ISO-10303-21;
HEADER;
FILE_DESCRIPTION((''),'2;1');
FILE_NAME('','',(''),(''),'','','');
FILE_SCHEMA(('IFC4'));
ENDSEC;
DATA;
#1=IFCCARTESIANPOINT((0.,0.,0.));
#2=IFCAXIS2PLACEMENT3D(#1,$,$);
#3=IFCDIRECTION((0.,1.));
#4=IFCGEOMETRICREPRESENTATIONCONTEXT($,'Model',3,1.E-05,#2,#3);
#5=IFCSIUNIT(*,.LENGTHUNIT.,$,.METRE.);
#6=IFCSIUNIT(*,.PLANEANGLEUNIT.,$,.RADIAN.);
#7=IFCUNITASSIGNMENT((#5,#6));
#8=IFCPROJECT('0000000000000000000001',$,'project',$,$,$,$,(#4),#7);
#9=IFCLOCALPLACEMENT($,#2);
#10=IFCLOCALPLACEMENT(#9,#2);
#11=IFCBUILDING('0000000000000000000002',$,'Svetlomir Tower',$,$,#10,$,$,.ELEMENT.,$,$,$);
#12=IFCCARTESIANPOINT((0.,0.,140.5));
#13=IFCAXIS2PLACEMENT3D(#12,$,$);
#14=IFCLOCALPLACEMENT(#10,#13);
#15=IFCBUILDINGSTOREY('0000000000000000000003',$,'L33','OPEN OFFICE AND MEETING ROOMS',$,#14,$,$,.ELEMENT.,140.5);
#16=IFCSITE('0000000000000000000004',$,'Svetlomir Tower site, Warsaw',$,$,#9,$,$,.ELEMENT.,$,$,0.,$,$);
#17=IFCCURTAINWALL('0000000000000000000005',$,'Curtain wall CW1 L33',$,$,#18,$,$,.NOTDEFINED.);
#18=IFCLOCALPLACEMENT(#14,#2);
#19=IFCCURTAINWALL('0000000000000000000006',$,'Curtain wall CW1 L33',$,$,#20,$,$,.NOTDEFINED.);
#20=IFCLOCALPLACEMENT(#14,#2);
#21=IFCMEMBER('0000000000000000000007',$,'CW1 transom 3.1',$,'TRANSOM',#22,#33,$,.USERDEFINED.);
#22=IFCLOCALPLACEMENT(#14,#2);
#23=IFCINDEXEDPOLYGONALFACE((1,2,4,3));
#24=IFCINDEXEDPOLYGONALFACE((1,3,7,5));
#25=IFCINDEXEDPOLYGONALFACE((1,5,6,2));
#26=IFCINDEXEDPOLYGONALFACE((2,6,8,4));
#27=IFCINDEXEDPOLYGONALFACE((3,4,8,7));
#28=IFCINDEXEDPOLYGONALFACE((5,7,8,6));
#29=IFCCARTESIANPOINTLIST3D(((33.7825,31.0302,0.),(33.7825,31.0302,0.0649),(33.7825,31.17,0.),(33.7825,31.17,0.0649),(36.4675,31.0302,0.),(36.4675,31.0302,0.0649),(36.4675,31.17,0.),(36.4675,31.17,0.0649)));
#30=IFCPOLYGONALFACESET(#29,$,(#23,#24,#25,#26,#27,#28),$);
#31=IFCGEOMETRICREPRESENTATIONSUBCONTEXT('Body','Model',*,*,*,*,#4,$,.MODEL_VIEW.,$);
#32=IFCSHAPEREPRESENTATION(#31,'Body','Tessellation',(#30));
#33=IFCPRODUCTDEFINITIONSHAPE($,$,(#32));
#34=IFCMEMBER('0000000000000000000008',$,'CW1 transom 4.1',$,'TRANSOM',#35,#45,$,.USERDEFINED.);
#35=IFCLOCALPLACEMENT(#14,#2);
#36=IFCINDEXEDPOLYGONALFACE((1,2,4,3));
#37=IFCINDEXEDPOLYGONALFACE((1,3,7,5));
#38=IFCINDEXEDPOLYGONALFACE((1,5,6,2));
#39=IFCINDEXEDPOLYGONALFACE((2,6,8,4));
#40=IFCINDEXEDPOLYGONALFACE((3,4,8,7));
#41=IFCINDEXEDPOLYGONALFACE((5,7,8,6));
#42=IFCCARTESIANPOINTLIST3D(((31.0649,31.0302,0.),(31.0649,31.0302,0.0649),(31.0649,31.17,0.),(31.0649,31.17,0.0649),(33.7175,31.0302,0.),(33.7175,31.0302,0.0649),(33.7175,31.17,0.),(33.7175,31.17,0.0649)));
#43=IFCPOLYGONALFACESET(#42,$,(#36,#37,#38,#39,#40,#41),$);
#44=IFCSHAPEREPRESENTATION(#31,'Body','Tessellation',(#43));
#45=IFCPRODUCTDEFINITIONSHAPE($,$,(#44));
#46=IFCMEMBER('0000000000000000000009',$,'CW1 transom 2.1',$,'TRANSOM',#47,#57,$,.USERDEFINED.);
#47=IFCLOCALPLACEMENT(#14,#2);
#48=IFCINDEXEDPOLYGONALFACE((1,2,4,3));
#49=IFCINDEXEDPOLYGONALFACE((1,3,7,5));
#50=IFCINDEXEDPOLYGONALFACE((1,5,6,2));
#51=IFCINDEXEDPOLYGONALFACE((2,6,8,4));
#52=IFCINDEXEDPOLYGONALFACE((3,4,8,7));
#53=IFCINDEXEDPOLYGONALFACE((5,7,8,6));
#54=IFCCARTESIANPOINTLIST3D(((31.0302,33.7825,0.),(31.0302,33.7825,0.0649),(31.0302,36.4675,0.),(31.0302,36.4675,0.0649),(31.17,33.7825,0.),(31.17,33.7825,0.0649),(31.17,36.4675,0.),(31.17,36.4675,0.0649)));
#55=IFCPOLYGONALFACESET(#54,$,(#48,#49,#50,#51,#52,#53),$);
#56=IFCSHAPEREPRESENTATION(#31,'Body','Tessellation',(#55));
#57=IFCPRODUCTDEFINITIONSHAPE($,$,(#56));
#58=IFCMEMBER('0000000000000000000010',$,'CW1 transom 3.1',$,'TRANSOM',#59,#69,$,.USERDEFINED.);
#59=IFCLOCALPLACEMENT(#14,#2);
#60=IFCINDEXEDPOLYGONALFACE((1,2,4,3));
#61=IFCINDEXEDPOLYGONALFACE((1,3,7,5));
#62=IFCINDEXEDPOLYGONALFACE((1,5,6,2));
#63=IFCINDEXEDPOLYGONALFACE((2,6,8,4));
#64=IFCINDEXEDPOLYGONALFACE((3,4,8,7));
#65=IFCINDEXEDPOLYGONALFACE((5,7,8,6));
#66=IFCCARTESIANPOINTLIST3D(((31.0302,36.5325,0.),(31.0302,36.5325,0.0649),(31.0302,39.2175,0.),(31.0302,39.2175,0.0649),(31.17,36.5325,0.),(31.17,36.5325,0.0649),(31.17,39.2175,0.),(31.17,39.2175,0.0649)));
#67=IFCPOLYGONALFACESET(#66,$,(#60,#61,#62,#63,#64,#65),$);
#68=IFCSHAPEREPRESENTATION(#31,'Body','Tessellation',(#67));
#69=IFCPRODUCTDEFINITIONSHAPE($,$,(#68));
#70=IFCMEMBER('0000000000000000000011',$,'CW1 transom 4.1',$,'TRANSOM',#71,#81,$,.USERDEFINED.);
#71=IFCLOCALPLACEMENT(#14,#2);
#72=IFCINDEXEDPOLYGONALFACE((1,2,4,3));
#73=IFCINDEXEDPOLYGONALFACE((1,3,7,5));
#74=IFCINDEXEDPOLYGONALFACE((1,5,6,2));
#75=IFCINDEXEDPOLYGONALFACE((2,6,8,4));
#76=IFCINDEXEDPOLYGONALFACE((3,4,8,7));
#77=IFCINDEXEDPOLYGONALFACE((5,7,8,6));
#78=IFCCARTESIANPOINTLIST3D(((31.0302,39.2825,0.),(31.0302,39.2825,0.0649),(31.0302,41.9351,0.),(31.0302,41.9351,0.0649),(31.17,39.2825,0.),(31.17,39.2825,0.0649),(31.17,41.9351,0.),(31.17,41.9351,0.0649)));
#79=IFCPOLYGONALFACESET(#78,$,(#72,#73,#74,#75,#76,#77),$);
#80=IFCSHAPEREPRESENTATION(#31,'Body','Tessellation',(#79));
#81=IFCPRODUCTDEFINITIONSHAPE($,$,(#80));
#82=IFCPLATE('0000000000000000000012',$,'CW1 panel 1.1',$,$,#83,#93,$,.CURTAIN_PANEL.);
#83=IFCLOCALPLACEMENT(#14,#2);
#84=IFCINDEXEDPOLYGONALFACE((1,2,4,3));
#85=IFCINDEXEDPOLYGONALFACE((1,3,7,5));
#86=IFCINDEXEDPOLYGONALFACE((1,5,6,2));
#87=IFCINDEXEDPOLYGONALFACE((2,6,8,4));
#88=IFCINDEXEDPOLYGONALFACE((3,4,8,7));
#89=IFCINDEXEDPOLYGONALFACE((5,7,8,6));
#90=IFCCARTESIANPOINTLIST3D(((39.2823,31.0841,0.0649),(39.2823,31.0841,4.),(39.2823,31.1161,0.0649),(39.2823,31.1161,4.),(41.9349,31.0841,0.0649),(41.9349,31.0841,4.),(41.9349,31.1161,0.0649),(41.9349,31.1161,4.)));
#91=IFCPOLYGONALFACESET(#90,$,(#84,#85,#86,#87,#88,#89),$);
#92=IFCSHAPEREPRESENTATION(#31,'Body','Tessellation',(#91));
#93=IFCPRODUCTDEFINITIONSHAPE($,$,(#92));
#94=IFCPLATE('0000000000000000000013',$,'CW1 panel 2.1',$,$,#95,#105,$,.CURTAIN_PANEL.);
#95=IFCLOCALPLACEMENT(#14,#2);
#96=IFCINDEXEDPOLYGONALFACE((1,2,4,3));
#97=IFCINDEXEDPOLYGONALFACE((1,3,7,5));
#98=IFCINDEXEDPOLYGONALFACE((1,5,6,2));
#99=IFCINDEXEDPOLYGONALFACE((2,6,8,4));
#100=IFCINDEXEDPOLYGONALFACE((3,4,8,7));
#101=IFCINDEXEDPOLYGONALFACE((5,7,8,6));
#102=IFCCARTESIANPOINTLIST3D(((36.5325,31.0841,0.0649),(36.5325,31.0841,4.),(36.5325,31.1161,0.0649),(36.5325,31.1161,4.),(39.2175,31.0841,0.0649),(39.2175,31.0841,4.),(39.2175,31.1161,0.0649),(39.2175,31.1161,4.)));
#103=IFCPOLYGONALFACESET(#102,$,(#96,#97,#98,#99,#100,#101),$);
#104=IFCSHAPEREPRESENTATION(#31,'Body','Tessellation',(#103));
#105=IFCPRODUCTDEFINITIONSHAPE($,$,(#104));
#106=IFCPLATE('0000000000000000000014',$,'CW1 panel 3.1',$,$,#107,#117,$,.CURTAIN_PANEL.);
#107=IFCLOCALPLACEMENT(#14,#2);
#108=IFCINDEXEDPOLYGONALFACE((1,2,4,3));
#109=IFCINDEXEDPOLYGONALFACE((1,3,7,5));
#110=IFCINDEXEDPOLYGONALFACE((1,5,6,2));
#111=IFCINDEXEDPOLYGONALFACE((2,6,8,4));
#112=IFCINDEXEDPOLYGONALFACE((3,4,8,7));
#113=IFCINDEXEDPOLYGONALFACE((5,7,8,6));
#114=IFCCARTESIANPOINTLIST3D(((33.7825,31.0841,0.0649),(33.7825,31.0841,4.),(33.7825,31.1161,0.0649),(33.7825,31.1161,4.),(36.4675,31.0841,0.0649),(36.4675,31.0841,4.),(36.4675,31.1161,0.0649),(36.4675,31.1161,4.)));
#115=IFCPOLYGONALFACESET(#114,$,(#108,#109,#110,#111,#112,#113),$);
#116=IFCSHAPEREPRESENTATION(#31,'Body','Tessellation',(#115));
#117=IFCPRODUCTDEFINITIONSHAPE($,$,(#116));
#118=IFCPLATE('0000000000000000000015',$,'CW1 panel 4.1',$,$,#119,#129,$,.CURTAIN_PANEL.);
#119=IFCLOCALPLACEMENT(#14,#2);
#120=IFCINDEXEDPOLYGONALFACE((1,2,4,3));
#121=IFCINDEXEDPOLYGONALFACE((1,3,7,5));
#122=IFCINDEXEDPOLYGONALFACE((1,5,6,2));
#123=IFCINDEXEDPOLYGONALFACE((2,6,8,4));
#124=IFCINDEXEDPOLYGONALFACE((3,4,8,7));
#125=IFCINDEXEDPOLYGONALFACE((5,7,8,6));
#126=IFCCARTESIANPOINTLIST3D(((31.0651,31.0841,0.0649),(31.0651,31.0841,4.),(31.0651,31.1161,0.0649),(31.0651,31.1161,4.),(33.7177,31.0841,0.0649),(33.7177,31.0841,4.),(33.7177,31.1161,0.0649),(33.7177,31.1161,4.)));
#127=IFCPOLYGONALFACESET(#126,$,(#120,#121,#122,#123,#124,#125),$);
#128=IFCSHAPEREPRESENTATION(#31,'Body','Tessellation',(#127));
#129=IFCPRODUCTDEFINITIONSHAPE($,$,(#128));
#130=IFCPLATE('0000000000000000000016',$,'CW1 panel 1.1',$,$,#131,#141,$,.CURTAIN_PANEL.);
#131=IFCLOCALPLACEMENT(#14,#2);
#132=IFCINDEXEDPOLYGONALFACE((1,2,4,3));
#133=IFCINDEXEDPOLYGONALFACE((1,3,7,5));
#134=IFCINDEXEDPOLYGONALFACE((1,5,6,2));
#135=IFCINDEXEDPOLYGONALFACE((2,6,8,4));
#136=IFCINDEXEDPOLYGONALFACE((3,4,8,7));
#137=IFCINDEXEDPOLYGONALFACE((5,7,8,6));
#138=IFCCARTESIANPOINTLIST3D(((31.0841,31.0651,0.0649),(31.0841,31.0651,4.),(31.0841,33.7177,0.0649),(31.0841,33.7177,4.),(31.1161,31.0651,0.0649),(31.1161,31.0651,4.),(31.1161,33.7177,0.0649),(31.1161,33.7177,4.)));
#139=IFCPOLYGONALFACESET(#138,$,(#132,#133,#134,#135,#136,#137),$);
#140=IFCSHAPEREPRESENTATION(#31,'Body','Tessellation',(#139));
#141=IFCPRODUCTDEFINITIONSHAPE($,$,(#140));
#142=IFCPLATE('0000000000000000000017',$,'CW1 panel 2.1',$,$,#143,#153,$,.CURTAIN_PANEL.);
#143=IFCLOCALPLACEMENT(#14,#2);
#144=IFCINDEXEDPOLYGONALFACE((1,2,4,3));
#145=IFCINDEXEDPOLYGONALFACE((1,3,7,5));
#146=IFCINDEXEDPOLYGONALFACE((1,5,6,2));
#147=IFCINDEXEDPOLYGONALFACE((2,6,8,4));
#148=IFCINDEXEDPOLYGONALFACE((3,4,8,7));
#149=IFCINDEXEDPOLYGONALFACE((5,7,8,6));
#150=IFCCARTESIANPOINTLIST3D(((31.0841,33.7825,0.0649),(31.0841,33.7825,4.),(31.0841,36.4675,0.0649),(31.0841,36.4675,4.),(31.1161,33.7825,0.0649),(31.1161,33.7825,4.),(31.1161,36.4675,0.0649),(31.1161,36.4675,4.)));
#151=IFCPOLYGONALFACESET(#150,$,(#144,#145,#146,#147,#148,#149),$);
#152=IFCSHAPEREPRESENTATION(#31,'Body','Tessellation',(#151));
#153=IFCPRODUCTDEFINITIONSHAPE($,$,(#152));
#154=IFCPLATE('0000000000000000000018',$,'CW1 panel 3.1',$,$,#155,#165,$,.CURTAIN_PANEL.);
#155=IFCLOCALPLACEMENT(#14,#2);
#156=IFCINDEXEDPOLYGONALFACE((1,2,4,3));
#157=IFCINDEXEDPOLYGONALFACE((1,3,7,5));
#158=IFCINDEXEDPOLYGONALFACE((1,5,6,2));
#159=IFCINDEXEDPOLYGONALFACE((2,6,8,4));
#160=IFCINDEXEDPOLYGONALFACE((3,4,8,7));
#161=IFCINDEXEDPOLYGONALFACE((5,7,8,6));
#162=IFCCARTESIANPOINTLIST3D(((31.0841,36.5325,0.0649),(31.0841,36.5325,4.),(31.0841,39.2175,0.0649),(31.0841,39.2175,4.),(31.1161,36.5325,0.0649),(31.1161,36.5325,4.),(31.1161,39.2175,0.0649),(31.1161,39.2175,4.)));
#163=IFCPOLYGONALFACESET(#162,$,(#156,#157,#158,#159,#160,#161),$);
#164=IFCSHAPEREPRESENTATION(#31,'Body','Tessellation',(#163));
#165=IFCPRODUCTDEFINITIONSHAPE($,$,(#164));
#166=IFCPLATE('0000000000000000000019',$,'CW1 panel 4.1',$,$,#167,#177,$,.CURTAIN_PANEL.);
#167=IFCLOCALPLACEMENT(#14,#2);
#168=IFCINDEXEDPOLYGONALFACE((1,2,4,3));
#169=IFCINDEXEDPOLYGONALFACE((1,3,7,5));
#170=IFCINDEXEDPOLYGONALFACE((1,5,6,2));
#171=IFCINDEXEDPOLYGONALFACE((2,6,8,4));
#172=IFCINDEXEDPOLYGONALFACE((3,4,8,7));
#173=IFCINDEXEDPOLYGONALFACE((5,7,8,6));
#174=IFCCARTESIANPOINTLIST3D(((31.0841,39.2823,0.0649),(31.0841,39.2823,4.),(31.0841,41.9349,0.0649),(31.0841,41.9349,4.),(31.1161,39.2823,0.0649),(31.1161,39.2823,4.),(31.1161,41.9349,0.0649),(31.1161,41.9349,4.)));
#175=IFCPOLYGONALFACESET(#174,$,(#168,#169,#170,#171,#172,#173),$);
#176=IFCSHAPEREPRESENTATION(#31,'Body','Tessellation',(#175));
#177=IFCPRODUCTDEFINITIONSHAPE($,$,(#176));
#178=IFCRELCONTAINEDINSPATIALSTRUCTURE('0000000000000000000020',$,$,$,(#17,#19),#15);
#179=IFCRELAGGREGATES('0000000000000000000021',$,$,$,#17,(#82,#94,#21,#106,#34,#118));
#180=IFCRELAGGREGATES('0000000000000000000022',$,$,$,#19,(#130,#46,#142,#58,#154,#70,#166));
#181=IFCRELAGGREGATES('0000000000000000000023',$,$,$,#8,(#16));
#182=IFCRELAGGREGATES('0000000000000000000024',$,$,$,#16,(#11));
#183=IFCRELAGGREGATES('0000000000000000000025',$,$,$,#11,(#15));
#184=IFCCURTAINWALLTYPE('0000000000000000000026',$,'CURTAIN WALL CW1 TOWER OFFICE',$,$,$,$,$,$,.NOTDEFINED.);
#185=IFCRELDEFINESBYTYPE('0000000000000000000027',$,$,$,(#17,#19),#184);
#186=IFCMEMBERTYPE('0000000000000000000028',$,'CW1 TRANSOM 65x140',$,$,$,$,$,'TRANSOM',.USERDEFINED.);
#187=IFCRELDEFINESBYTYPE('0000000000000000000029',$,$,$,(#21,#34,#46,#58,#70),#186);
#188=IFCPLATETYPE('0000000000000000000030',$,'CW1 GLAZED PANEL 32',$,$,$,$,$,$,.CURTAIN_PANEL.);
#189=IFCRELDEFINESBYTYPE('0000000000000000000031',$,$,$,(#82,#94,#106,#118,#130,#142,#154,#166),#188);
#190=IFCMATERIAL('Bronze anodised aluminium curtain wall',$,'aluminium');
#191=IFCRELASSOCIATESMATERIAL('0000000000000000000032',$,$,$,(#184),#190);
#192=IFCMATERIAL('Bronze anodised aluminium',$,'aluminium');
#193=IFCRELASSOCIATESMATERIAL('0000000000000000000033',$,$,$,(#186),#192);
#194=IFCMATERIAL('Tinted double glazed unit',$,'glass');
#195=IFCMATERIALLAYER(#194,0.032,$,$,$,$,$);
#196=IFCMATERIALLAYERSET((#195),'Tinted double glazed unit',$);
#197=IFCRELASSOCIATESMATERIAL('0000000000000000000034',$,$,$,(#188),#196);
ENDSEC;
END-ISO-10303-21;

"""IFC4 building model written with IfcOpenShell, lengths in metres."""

from ifc_helpers import new_model, si_unit, direction, frame, origin, origin_2d, place, context, subcontext, project, spatial, rectangle, extrude, material, layer, layer_set, material_profile, profile_set, type_object, element, aggregate, save


model = new_model("IFC4")

# Units and contexts
model_context = context("Model", 3, precision=1e-05, world=origin(), true_north=direction((0.0, 1.0)))
body_context = subcontext(model_context, "Body", "Model", "MODEL_VIEW")
ifc_project = project(units=[si_unit("LENGTHUNIT", "METRE"), si_unit("PLANEANGLEUNIT", "RADIAN")], contexts=[model_context])

# Site, building, storey
site_placement = place(None, origin())
site = spatial("IfcSite", under=ifc_project, at=site_placement, Name="Svetlomir Tower site, Warsaw", CompositionType="ELEMENT", RefElevation=0.0)
building_placement = place(site_placement, origin())
building = spatial("IfcBuilding", under=site, at=building_placement, Name="Svetlomir Tower", CompositionType="ELEMENT")
storey_placement = place(building_placement, frame((0.0, 0.0, 140.5)))
storey = spatial("IfcBuildingStorey", under=building, at=storey_placement, Name="L33", Description="OPEN OFFICE AND MEETING ROOMS", CompositionType="ELEMENT", Elevation=140.5)

# Curtain walls
ifc_material_1 = material(Name="Bronze anodised aluminium curtain wall", Category="aluminium")
curtain_wall_type = type_object("IfcCurtainWallType", Name="CURTAIN WALL CW1 TOWER OFFICE", PredefinedType="NOTDEFINED", material=ifc_material_1)
curtain_wall_1_placement = place(storey_placement, origin())
curtain_wall_1 = element("IfcCurtainWall", 1, at=curtain_wall_1_placement, inside=storey, type_object=curtain_wall_type, Name="Curtain wall CW1 L33", PredefinedType="NOTDEFINED")
curtain_wall_2_placement = place(storey_placement, origin())
curtain_wall_2 = element("IfcCurtainWall", 2, at=curtain_wall_2_placement, inside=storey, type_object=curtain_wall_type, Name="Curtain wall CW1 L33", PredefinedType="NOTDEFINED")

# Members
ifc_material_2 = material(Name="Bronze anodised aluminium", Category="aluminium")
ifc_material_profile_1 = material_profile(ifc_material_2, rectangle(XDim=0.1399, YDim=0.0649, at=origin_2d()), Name="AL 140x65")
ifc_profile_set_1 = profile_set([ifc_material_profile_1], Name="Bronze anodised aluminium 6063-T6")
member_type_1 = type_object("IfcMemberType", Name="CW1 TRANSOM 65x140", ElementType="TRANSOM", PredefinedType="USERDEFINED", material=ifc_profile_set_1)
member_1_placement = place(storey_placement, frame((36.4675, 31.1001, 0.0325), z_axis=(-1.0, 0.0, 0.0), x_axis=(0.0, -1.0, 0.0)))
member_1 = element("IfcMember", 3, at=member_1_placement, type_object=member_type_1, Name="CW1 transom 3.1", ObjectType="TRANSOM", PredefinedType="USERDEFINED", context=body_context, shape_type="SweptSolid", body=[
    extrude(rectangle(XDim=0.1399, YDim=0.0649, at=origin_2d()), origin(), (0.0, 0.0, 1.0), 2.6851),
])
member_2_placement = place(storey_placement, frame((33.7175, 31.1001, 0.0325), z_axis=(-1.0, 0.0, 0.0), x_axis=(0.0, -1.0, 0.0)))
member_2 = element("IfcMember", 4, at=member_2_placement, type_object=member_type_1, Name="CW1 transom 4.1", ObjectType="TRANSOM", PredefinedType="USERDEFINED", context=body_context, shape_type="SweptSolid", body=[
    extrude(rectangle(XDim=0.1399, YDim=0.0649, at=origin_2d()), origin(), (0.0, 0.0, 1.0), 2.6526),
])
member_3_placement = place(storey_placement, frame((31.1001, 33.7825, 0.0325), z_axis=(0.0, 1.0, 0.0), x_axis=(-1.0, 0.0, 0.0)))
member_3 = element("IfcMember", 5, at=member_3_placement, type_object=member_type_1, Name="CW1 transom 2.1", ObjectType="TRANSOM", PredefinedType="USERDEFINED", context=body_context, shape_type="SweptSolid", body=[
    extrude(rectangle(XDim=0.1399, YDim=0.0649, at=origin_2d()), origin(), (0.0, 0.0, 1.0), 2.6851),
])
member_4_placement = place(storey_placement, frame((31.1001, 36.5325, 0.0325), z_axis=(0.0, 1.0, 0.0), x_axis=(-1.0, 0.0, 0.0)))
member_4 = element("IfcMember", 6, at=member_4_placement, type_object=member_type_1, Name="CW1 transom 3.1", ObjectType="TRANSOM", PredefinedType="USERDEFINED", context=body_context, shape_type="SweptSolid", body=[
    extrude(rectangle(XDim=0.1399, YDim=0.0649, at=origin_2d()), origin(), (0.0, 0.0, 1.0), 2.6851),
])
member_5_placement = place(storey_placement, frame((31.1001, 39.2825, 0.0325), z_axis=(0.0, 1.0, 0.0), x_axis=(-1.0, 0.0, 0.0)))
member_5 = element("IfcMember", 7, at=member_5_placement, type_object=member_type_1, Name="CW1 transom 4.1", ObjectType="TRANSOM", PredefinedType="USERDEFINED", context=body_context, shape_type="SweptSolid", body=[
    extrude(rectangle(XDim=0.1399, YDim=0.0649, at=origin_2d()), origin(), (0.0, 0.0, 1.0), 2.6526),
])

# Plates
ifc_material_3 = material(Name="Tinted double glazed unit", Category="glass")
ifc_layer = layer(ifc_material_3, 0.032)
ifc_layer_set = layer_set([ifc_layer], Name="Tinted double glazed unit")
plate_type = type_object("IfcPlateType", Name="CW1 GLAZED PANEL 32", PredefinedType="CURTAIN_PANEL", material=ifc_layer_set)
plate_1_placement = place(storey_placement, frame((40.6086, 31.1001, 0.0649), z_axis=(0.0, 0.0, 1.0), x_axis=(-1.0, 0.0, 0.0)))
plate_1 = element("IfcPlate", 8, at=plate_1_placement, type_object=plate_type, Name="CW1 panel 1.1", PredefinedType="CURTAIN_PANEL", context=body_context, shape_type="SweptSolid", body=[
    extrude(rectangle(XDim=2.6526, YDim=0.032, at=origin_2d()), origin(), (0.0, 0.0, 1.0), 3.9351),
])
plate_2_placement = place(storey_placement, frame((37.875, 31.1001, 0.0649), z_axis=(0.0, 0.0, 1.0), x_axis=(-1.0, 0.0, 0.0)))
plate_2 = element("IfcPlate", 9, at=plate_2_placement, type_object=plate_type, Name="CW1 panel 2.1", PredefinedType="CURTAIN_PANEL", context=body_context, shape_type="SweptSolid", body=[
    extrude(rectangle(XDim=2.6851, YDim=0.032, at=origin_2d()), origin(), (0.0, 0.0, 1.0), 3.9351),
])
plate_3_placement = place(storey_placement, frame((35.125, 31.1001, 0.0649), z_axis=(0.0, 0.0, 1.0), x_axis=(-1.0, 0.0, 0.0)))
plate_3 = element("IfcPlate", 10, at=plate_3_placement, type_object=plate_type, Name="CW1 panel 3.1", PredefinedType="CURTAIN_PANEL", context=body_context, shape_type="SweptSolid", body=[
    extrude(rectangle(XDim=2.6851, YDim=0.032, at=origin_2d()), origin(), (0.0, 0.0, 1.0), 3.9351),
])
plate_4_placement = place(storey_placement, frame((32.3914, 31.1001, 0.0649), z_axis=(0.0, 0.0, 1.0), x_axis=(-1.0, 0.0, 0.0)))
plate_4 = element("IfcPlate", 11, at=plate_4_placement, type_object=plate_type, Name="CW1 panel 4.1", PredefinedType="CURTAIN_PANEL", context=body_context, shape_type="SweptSolid", body=[
    extrude(rectangle(XDim=2.6526, YDim=0.032, at=origin_2d()), origin(), (0.0, 0.0, 1.0), 3.9351),
])
aggregate(curtain_wall_1, [plate_1, plate_2, member_1, plate_3, member_2, plate_4])
plate_5_placement = place(storey_placement, frame((31.1001, 32.3914, 0.0649), z_axis=(0.0, 0.0, 1.0), x_axis=(0.0, 1.0, 0.0)))
plate_5 = element("IfcPlate", 12, at=plate_5_placement, type_object=plate_type, Name="CW1 panel 1.1", PredefinedType="CURTAIN_PANEL", context=body_context, shape_type="SweptSolid", body=[
    extrude(rectangle(XDim=2.6526, YDim=0.032, at=origin_2d()), origin(), (0.0, 0.0, 1.0), 3.9351),
])
plate_6_placement = place(storey_placement, frame((31.1001, 35.125, 0.0649), z_axis=(0.0, 0.0, 1.0), x_axis=(0.0, 1.0, 0.0)))
plate_6 = element("IfcPlate", 13, at=plate_6_placement, type_object=plate_type, Name="CW1 panel 2.1", PredefinedType="CURTAIN_PANEL", context=body_context, shape_type="SweptSolid", body=[
    extrude(rectangle(XDim=2.6851, YDim=0.032, at=origin_2d()), origin(), (0.0, 0.0, 1.0), 3.9351),
])
plate_7_placement = place(storey_placement, frame((31.1001, 37.875, 0.0649), z_axis=(0.0, 0.0, 1.0), x_axis=(0.0, 1.0, 0.0)))
plate_7 = element("IfcPlate", 14, at=plate_7_placement, type_object=plate_type, Name="CW1 panel 3.1", PredefinedType="CURTAIN_PANEL", context=body_context, shape_type="SweptSolid", body=[
    extrude(rectangle(XDim=2.6851, YDim=0.032, at=origin_2d()), origin(), (0.0, 0.0, 1.0), 3.9351),
])
plate_8_placement = place(storey_placement, frame((31.1001, 40.6086, 0.0649), z_axis=(0.0, 0.0, 1.0), x_axis=(0.0, 1.0, 0.0)))
plate_8 = element("IfcPlate", 15, at=plate_8_placement, type_object=plate_type, Name="CW1 panel 4.1", PredefinedType="CURTAIN_PANEL", context=body_context, shape_type="SweptSolid", body=[
    extrude(rectangle(XDim=2.6526, YDim=0.032, at=origin_2d()), origin(), (0.0, 0.0, 1.0), 3.9351),
])
aggregate(curtain_wall_2, [plate_5, member_3, plate_6, member_4, plate_7, member_5, plate_8])

save(model, "model.ifc")
